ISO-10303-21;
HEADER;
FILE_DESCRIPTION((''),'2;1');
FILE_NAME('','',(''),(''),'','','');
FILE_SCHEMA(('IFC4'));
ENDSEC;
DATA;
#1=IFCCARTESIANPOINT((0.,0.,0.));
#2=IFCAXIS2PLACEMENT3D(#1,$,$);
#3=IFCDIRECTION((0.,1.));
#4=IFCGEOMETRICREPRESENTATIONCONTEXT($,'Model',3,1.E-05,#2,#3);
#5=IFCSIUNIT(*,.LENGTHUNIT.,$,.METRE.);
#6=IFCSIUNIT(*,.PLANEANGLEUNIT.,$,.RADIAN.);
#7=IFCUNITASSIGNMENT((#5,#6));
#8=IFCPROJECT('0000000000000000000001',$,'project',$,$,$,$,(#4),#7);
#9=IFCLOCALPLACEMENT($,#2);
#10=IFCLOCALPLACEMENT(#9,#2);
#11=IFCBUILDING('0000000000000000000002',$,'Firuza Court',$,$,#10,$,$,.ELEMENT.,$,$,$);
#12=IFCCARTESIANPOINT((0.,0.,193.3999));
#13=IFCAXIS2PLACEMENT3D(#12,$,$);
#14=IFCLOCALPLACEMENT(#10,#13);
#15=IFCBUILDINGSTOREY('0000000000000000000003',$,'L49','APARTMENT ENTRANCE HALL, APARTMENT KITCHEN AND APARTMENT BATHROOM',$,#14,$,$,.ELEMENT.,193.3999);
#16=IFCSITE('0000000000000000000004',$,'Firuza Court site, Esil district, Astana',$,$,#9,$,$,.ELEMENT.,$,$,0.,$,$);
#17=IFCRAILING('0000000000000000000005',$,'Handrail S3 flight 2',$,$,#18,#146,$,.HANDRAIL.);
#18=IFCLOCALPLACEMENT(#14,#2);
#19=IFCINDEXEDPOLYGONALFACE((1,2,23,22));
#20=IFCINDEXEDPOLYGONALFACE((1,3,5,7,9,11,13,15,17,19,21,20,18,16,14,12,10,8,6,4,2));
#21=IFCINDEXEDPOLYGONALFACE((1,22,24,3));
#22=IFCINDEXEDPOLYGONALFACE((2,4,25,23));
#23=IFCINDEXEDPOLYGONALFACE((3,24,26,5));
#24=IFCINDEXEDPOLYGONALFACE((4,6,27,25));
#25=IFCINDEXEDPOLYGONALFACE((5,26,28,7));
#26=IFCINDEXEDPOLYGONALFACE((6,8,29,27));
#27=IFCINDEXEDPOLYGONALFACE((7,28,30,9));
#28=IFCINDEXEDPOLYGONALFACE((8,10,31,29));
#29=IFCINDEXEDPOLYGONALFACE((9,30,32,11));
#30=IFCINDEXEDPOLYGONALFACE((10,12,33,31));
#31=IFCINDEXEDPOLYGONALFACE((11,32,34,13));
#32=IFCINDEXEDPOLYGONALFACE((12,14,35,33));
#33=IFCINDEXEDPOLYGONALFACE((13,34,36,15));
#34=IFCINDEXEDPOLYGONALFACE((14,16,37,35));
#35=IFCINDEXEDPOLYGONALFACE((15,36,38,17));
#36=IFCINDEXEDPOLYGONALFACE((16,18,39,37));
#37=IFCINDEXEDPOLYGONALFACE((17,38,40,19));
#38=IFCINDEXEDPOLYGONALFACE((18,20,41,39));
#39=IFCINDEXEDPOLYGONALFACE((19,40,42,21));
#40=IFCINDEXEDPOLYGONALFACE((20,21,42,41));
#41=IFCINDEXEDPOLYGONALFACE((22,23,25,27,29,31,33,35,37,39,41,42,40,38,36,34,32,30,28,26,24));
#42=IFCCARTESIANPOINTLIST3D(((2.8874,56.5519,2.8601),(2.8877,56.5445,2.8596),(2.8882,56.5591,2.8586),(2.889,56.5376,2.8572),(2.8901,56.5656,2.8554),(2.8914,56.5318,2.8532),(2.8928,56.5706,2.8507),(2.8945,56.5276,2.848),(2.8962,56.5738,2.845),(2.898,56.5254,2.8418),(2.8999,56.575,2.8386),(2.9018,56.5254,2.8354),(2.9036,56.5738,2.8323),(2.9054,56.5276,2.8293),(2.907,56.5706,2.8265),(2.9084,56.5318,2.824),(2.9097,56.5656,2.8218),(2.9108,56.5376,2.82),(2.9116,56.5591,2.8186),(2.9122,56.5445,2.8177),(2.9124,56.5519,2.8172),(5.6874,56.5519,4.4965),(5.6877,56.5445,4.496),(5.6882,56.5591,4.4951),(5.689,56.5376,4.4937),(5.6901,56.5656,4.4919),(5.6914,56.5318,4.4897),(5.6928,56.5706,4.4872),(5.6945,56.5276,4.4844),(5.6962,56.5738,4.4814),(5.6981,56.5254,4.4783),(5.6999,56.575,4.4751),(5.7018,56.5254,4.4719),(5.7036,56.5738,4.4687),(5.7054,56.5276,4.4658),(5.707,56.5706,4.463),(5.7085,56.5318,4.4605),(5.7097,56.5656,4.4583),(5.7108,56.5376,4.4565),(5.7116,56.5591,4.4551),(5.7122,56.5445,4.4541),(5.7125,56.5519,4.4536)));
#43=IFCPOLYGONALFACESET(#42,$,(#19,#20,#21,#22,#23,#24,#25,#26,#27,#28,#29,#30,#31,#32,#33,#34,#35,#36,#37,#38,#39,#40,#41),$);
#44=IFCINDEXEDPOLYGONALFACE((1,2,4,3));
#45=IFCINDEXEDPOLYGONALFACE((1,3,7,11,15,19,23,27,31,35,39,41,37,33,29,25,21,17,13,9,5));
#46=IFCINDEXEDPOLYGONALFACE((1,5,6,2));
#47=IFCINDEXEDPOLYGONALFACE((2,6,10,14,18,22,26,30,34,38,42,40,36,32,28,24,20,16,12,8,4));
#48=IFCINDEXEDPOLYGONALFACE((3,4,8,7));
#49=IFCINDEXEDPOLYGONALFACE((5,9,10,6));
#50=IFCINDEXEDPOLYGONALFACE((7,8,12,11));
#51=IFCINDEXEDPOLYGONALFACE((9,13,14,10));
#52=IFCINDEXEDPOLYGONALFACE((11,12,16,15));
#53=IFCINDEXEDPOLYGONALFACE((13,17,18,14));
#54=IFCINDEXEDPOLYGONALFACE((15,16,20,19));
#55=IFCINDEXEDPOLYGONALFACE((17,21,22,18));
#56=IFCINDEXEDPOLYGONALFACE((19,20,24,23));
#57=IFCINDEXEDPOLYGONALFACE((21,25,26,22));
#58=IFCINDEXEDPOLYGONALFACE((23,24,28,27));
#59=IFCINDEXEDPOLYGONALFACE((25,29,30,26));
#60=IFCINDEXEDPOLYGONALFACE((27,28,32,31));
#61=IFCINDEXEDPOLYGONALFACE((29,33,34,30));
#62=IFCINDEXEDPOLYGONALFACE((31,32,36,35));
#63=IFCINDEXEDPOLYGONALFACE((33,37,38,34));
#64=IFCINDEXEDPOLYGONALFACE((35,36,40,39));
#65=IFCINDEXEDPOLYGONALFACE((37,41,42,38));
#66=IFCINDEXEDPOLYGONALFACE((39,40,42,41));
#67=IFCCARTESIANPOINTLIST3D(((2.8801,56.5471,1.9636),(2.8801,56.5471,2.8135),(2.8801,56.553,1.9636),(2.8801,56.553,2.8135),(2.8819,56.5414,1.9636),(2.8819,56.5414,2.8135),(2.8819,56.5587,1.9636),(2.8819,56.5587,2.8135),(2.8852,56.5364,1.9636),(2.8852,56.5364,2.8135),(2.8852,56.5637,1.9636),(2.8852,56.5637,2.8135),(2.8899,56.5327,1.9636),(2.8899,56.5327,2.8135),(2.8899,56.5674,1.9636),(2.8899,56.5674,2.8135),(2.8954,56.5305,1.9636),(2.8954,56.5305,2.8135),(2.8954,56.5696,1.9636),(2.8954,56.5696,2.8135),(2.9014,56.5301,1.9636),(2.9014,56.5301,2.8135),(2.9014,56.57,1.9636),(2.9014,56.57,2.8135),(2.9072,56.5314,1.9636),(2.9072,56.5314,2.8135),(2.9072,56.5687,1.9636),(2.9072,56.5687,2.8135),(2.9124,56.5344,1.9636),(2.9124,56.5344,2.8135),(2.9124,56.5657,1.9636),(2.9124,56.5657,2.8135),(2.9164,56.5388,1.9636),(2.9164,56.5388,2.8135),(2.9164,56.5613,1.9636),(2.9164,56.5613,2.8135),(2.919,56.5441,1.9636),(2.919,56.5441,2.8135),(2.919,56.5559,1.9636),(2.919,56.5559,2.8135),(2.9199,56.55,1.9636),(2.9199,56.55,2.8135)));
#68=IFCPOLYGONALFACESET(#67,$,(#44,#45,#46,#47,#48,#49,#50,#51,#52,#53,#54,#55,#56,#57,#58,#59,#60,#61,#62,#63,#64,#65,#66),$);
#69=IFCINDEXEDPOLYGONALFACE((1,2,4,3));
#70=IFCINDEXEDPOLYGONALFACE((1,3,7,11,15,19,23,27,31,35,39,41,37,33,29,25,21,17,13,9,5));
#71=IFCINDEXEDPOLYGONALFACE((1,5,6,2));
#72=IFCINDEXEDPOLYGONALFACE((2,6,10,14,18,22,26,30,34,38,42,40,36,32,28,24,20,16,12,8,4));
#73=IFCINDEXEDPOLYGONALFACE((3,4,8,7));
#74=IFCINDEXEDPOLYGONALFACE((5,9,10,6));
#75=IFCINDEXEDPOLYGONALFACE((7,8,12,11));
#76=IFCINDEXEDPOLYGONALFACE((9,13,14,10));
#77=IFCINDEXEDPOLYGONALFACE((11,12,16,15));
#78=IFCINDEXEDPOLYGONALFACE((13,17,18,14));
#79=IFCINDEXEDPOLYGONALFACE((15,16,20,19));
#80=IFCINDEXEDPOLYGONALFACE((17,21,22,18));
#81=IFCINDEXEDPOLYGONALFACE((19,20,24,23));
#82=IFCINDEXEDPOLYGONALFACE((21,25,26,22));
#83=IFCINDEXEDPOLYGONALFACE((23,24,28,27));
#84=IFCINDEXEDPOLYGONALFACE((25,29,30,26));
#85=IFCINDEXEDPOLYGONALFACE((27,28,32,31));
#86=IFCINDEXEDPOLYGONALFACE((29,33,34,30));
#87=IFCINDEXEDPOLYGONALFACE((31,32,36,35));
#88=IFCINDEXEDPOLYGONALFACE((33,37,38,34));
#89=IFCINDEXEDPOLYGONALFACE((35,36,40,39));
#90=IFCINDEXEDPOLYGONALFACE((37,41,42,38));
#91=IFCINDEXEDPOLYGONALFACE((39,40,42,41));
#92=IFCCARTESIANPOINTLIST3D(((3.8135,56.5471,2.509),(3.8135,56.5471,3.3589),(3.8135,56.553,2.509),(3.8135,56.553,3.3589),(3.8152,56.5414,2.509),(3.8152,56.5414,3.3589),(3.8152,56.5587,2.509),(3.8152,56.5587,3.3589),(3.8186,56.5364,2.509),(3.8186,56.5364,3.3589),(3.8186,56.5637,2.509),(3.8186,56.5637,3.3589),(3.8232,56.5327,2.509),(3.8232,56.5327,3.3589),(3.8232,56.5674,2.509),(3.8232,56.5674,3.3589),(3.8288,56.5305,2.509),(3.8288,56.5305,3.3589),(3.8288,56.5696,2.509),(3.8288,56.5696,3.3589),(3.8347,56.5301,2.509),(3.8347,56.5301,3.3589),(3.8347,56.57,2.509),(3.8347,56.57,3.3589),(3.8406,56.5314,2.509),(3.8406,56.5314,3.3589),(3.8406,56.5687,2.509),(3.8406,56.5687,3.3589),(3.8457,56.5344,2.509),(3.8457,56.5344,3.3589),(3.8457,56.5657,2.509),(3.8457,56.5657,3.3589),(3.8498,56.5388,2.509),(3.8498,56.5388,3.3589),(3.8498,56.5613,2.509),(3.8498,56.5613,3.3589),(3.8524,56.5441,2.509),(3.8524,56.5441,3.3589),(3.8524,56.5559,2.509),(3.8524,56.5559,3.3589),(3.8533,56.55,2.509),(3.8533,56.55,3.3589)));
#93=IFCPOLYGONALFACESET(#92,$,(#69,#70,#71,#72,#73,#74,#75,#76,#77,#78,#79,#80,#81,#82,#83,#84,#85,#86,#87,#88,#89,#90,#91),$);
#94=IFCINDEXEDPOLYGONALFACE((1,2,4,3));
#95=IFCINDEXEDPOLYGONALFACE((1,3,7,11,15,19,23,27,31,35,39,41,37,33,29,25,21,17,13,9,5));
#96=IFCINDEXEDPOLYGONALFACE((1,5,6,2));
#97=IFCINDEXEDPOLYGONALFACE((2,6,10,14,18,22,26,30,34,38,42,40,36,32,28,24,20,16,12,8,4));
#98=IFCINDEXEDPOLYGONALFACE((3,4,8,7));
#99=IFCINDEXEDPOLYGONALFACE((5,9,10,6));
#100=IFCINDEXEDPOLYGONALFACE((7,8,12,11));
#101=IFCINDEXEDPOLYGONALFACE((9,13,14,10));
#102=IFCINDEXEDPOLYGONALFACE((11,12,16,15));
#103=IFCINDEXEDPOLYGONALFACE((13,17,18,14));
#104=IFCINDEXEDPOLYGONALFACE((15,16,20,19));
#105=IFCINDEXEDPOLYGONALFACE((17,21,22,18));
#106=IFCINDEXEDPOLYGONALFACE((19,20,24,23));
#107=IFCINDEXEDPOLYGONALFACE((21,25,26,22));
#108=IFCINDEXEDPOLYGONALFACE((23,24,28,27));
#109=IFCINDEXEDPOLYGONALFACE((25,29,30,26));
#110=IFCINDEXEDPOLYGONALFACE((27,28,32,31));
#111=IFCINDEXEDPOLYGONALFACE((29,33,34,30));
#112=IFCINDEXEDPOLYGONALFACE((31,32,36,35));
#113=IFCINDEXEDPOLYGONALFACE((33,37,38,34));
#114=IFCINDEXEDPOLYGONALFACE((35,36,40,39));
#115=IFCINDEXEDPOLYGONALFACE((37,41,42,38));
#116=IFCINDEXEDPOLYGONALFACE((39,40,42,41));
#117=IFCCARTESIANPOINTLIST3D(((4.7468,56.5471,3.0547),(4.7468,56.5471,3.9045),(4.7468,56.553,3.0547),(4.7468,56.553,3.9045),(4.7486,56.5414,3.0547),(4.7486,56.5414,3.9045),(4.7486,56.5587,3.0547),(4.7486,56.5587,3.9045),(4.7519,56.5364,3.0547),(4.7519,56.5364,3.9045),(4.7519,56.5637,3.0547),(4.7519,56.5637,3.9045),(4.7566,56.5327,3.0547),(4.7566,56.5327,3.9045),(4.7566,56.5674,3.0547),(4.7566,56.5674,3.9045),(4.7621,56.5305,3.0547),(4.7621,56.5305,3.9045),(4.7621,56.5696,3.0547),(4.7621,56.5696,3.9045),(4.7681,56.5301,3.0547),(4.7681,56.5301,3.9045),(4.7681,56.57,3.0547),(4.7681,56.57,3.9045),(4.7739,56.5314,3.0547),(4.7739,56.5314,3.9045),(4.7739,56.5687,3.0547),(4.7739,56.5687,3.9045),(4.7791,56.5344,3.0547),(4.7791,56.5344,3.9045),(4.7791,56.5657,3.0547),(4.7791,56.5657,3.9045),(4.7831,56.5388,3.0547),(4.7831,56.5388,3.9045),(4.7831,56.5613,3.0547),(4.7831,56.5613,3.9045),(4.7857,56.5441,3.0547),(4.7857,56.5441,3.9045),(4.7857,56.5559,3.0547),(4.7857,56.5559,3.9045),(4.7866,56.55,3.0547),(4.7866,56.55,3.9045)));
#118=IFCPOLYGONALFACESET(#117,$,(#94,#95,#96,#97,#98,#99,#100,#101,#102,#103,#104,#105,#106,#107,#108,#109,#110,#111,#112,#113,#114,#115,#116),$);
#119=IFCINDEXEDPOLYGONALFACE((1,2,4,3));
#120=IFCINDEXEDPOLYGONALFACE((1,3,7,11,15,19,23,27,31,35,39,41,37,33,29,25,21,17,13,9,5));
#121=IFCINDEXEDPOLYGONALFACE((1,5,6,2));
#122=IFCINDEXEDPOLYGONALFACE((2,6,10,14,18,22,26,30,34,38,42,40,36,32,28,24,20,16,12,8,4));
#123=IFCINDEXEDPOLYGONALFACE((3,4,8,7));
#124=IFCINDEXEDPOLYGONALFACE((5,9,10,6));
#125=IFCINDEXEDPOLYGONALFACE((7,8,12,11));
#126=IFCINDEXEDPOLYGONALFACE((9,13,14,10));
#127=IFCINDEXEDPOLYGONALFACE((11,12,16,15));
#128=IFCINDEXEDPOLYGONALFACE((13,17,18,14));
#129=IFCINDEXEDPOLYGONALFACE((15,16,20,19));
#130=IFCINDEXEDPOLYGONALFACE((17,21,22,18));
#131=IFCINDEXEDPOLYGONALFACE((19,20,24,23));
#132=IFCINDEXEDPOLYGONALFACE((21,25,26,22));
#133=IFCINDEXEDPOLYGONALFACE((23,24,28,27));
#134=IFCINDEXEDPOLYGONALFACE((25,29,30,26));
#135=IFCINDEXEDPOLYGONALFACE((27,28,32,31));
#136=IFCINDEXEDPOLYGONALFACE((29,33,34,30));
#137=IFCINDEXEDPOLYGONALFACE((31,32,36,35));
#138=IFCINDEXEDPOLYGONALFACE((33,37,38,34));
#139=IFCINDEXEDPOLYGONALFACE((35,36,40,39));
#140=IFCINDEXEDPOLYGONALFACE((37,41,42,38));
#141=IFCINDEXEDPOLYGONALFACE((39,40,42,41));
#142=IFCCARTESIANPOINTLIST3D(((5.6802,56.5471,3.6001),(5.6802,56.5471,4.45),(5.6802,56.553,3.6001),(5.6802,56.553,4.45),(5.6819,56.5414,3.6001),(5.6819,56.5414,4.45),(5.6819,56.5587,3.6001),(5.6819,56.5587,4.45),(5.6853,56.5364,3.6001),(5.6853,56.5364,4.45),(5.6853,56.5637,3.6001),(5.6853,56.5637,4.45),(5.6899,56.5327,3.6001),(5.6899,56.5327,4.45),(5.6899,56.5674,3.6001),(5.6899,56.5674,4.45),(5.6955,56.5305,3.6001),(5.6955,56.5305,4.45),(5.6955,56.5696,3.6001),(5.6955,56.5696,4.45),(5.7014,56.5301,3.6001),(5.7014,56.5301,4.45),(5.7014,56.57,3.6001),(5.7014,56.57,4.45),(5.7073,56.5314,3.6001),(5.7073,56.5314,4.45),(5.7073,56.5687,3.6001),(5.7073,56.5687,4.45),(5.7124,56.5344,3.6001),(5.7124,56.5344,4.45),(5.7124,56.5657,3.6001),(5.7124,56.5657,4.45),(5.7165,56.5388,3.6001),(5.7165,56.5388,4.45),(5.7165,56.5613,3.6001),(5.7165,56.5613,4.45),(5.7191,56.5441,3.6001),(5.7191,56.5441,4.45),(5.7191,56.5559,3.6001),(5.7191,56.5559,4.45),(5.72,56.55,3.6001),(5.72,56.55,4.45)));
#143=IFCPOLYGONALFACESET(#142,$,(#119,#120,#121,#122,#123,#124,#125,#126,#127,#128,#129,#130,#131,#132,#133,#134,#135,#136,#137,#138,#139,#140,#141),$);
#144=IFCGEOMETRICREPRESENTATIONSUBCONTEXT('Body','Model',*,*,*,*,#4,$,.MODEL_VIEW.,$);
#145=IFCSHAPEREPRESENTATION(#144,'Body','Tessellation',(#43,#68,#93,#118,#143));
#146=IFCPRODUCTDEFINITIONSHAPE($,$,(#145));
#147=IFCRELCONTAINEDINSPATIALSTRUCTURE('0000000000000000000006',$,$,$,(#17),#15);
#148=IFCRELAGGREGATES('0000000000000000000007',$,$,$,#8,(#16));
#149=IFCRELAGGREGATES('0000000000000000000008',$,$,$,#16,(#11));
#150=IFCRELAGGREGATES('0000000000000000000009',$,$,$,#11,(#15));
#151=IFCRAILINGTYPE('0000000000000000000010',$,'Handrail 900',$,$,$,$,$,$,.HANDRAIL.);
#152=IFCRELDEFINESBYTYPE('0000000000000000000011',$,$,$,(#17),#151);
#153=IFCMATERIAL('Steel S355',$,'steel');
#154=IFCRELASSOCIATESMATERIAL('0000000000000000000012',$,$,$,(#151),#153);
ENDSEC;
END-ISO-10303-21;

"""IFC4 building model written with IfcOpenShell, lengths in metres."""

from ifc_helpers import new_model, si_unit, direction, frame, origin, origin_2d, place, context, subcontext, project, spatial, circle, extrude, material, type_object, element, save


model = new_model("IFC4")

# Units and contexts
model_context = context("Model", 3, precision=1e-05, world=origin(), true_north=direction((0.0, 1.0)))
body_context = subcontext(model_context, "Body", "Model", "MODEL_VIEW")
ifc_project = project(units=[si_unit("LENGTHUNIT", "METRE"), si_unit("PLANEANGLEUNIT", "RADIAN")], contexts=[model_context])

# Site, building, storey
site_placement = place(None, origin())
site = spatial("IfcSite", under=ifc_project, at=site_placement, Name="Firuza Court site, Esil district, Astana", CompositionType="ELEMENT", RefElevation=0.0)
building_placement = place(site_placement, origin())
building = spatial("IfcBuilding", under=site, at=building_placement, Name="Firuza Court", CompositionType="ELEMENT")
storey_placement = place(building_placement, frame((0.0, 0.0, 193.3999)))
storey = spatial("IfcBuildingStorey", under=building, at=storey_placement, Name="L49", Description="APARTMENT ENTRANCE HALL, APARTMENT KITCHEN AND APARTMENT BATHROOM", CompositionType="ELEMENT", Elevation=193.3999)

# Railing
ifc_material_1 = material(Name="Steel S355", Category="steel")
railing_type_1 = type_object("IfcRailingType", Name="Handrail 900", PredefinedType="HANDRAIL", material=ifc_material_1)
railing_1_placement = place(storey_placement, frame((2.8999, 56.55, 1.9636)))
element("IfcRailing", 1, at=railing_1_placement, inside=storey, type_object=railing_type_1, Name="Handrail S3 flight 2", PredefinedType="HANDRAIL", context=body_context, shape_type="SweptSolid", body=[
    extrude(circle(Radius=0.0249, at=origin_2d()), frame((0.0, 0.0, 0.875), z_axis=(0.863361, 0.0, 0.504587), x_axis=(0.0, 1.0, 0.0)), (0.0, 0.0, 1.0), 3.2432),
    extrude(circle(Radius=0.02, at=origin_2d()), origin(), (0.0, 0.0, 1.0), 0.8499),
    extrude(circle(Radius=0.02, at=origin_2d()), frame((0.9333, 0.0, 0.5454)), (0.0, 0.0, 1.0), 0.8499),
    extrude(circle(Radius=0.02, at=origin_2d()), frame((1.8667, 0.0, 1.0911)), (0.0, 0.0, 1.0), 0.8499),
    extrude(circle(Radius=0.02, at=origin_2d()), frame((2.8, 0.0, 1.6365)), (0.0, 0.0, 1.0), 0.8499),
])

save(model, "model.ifc")
